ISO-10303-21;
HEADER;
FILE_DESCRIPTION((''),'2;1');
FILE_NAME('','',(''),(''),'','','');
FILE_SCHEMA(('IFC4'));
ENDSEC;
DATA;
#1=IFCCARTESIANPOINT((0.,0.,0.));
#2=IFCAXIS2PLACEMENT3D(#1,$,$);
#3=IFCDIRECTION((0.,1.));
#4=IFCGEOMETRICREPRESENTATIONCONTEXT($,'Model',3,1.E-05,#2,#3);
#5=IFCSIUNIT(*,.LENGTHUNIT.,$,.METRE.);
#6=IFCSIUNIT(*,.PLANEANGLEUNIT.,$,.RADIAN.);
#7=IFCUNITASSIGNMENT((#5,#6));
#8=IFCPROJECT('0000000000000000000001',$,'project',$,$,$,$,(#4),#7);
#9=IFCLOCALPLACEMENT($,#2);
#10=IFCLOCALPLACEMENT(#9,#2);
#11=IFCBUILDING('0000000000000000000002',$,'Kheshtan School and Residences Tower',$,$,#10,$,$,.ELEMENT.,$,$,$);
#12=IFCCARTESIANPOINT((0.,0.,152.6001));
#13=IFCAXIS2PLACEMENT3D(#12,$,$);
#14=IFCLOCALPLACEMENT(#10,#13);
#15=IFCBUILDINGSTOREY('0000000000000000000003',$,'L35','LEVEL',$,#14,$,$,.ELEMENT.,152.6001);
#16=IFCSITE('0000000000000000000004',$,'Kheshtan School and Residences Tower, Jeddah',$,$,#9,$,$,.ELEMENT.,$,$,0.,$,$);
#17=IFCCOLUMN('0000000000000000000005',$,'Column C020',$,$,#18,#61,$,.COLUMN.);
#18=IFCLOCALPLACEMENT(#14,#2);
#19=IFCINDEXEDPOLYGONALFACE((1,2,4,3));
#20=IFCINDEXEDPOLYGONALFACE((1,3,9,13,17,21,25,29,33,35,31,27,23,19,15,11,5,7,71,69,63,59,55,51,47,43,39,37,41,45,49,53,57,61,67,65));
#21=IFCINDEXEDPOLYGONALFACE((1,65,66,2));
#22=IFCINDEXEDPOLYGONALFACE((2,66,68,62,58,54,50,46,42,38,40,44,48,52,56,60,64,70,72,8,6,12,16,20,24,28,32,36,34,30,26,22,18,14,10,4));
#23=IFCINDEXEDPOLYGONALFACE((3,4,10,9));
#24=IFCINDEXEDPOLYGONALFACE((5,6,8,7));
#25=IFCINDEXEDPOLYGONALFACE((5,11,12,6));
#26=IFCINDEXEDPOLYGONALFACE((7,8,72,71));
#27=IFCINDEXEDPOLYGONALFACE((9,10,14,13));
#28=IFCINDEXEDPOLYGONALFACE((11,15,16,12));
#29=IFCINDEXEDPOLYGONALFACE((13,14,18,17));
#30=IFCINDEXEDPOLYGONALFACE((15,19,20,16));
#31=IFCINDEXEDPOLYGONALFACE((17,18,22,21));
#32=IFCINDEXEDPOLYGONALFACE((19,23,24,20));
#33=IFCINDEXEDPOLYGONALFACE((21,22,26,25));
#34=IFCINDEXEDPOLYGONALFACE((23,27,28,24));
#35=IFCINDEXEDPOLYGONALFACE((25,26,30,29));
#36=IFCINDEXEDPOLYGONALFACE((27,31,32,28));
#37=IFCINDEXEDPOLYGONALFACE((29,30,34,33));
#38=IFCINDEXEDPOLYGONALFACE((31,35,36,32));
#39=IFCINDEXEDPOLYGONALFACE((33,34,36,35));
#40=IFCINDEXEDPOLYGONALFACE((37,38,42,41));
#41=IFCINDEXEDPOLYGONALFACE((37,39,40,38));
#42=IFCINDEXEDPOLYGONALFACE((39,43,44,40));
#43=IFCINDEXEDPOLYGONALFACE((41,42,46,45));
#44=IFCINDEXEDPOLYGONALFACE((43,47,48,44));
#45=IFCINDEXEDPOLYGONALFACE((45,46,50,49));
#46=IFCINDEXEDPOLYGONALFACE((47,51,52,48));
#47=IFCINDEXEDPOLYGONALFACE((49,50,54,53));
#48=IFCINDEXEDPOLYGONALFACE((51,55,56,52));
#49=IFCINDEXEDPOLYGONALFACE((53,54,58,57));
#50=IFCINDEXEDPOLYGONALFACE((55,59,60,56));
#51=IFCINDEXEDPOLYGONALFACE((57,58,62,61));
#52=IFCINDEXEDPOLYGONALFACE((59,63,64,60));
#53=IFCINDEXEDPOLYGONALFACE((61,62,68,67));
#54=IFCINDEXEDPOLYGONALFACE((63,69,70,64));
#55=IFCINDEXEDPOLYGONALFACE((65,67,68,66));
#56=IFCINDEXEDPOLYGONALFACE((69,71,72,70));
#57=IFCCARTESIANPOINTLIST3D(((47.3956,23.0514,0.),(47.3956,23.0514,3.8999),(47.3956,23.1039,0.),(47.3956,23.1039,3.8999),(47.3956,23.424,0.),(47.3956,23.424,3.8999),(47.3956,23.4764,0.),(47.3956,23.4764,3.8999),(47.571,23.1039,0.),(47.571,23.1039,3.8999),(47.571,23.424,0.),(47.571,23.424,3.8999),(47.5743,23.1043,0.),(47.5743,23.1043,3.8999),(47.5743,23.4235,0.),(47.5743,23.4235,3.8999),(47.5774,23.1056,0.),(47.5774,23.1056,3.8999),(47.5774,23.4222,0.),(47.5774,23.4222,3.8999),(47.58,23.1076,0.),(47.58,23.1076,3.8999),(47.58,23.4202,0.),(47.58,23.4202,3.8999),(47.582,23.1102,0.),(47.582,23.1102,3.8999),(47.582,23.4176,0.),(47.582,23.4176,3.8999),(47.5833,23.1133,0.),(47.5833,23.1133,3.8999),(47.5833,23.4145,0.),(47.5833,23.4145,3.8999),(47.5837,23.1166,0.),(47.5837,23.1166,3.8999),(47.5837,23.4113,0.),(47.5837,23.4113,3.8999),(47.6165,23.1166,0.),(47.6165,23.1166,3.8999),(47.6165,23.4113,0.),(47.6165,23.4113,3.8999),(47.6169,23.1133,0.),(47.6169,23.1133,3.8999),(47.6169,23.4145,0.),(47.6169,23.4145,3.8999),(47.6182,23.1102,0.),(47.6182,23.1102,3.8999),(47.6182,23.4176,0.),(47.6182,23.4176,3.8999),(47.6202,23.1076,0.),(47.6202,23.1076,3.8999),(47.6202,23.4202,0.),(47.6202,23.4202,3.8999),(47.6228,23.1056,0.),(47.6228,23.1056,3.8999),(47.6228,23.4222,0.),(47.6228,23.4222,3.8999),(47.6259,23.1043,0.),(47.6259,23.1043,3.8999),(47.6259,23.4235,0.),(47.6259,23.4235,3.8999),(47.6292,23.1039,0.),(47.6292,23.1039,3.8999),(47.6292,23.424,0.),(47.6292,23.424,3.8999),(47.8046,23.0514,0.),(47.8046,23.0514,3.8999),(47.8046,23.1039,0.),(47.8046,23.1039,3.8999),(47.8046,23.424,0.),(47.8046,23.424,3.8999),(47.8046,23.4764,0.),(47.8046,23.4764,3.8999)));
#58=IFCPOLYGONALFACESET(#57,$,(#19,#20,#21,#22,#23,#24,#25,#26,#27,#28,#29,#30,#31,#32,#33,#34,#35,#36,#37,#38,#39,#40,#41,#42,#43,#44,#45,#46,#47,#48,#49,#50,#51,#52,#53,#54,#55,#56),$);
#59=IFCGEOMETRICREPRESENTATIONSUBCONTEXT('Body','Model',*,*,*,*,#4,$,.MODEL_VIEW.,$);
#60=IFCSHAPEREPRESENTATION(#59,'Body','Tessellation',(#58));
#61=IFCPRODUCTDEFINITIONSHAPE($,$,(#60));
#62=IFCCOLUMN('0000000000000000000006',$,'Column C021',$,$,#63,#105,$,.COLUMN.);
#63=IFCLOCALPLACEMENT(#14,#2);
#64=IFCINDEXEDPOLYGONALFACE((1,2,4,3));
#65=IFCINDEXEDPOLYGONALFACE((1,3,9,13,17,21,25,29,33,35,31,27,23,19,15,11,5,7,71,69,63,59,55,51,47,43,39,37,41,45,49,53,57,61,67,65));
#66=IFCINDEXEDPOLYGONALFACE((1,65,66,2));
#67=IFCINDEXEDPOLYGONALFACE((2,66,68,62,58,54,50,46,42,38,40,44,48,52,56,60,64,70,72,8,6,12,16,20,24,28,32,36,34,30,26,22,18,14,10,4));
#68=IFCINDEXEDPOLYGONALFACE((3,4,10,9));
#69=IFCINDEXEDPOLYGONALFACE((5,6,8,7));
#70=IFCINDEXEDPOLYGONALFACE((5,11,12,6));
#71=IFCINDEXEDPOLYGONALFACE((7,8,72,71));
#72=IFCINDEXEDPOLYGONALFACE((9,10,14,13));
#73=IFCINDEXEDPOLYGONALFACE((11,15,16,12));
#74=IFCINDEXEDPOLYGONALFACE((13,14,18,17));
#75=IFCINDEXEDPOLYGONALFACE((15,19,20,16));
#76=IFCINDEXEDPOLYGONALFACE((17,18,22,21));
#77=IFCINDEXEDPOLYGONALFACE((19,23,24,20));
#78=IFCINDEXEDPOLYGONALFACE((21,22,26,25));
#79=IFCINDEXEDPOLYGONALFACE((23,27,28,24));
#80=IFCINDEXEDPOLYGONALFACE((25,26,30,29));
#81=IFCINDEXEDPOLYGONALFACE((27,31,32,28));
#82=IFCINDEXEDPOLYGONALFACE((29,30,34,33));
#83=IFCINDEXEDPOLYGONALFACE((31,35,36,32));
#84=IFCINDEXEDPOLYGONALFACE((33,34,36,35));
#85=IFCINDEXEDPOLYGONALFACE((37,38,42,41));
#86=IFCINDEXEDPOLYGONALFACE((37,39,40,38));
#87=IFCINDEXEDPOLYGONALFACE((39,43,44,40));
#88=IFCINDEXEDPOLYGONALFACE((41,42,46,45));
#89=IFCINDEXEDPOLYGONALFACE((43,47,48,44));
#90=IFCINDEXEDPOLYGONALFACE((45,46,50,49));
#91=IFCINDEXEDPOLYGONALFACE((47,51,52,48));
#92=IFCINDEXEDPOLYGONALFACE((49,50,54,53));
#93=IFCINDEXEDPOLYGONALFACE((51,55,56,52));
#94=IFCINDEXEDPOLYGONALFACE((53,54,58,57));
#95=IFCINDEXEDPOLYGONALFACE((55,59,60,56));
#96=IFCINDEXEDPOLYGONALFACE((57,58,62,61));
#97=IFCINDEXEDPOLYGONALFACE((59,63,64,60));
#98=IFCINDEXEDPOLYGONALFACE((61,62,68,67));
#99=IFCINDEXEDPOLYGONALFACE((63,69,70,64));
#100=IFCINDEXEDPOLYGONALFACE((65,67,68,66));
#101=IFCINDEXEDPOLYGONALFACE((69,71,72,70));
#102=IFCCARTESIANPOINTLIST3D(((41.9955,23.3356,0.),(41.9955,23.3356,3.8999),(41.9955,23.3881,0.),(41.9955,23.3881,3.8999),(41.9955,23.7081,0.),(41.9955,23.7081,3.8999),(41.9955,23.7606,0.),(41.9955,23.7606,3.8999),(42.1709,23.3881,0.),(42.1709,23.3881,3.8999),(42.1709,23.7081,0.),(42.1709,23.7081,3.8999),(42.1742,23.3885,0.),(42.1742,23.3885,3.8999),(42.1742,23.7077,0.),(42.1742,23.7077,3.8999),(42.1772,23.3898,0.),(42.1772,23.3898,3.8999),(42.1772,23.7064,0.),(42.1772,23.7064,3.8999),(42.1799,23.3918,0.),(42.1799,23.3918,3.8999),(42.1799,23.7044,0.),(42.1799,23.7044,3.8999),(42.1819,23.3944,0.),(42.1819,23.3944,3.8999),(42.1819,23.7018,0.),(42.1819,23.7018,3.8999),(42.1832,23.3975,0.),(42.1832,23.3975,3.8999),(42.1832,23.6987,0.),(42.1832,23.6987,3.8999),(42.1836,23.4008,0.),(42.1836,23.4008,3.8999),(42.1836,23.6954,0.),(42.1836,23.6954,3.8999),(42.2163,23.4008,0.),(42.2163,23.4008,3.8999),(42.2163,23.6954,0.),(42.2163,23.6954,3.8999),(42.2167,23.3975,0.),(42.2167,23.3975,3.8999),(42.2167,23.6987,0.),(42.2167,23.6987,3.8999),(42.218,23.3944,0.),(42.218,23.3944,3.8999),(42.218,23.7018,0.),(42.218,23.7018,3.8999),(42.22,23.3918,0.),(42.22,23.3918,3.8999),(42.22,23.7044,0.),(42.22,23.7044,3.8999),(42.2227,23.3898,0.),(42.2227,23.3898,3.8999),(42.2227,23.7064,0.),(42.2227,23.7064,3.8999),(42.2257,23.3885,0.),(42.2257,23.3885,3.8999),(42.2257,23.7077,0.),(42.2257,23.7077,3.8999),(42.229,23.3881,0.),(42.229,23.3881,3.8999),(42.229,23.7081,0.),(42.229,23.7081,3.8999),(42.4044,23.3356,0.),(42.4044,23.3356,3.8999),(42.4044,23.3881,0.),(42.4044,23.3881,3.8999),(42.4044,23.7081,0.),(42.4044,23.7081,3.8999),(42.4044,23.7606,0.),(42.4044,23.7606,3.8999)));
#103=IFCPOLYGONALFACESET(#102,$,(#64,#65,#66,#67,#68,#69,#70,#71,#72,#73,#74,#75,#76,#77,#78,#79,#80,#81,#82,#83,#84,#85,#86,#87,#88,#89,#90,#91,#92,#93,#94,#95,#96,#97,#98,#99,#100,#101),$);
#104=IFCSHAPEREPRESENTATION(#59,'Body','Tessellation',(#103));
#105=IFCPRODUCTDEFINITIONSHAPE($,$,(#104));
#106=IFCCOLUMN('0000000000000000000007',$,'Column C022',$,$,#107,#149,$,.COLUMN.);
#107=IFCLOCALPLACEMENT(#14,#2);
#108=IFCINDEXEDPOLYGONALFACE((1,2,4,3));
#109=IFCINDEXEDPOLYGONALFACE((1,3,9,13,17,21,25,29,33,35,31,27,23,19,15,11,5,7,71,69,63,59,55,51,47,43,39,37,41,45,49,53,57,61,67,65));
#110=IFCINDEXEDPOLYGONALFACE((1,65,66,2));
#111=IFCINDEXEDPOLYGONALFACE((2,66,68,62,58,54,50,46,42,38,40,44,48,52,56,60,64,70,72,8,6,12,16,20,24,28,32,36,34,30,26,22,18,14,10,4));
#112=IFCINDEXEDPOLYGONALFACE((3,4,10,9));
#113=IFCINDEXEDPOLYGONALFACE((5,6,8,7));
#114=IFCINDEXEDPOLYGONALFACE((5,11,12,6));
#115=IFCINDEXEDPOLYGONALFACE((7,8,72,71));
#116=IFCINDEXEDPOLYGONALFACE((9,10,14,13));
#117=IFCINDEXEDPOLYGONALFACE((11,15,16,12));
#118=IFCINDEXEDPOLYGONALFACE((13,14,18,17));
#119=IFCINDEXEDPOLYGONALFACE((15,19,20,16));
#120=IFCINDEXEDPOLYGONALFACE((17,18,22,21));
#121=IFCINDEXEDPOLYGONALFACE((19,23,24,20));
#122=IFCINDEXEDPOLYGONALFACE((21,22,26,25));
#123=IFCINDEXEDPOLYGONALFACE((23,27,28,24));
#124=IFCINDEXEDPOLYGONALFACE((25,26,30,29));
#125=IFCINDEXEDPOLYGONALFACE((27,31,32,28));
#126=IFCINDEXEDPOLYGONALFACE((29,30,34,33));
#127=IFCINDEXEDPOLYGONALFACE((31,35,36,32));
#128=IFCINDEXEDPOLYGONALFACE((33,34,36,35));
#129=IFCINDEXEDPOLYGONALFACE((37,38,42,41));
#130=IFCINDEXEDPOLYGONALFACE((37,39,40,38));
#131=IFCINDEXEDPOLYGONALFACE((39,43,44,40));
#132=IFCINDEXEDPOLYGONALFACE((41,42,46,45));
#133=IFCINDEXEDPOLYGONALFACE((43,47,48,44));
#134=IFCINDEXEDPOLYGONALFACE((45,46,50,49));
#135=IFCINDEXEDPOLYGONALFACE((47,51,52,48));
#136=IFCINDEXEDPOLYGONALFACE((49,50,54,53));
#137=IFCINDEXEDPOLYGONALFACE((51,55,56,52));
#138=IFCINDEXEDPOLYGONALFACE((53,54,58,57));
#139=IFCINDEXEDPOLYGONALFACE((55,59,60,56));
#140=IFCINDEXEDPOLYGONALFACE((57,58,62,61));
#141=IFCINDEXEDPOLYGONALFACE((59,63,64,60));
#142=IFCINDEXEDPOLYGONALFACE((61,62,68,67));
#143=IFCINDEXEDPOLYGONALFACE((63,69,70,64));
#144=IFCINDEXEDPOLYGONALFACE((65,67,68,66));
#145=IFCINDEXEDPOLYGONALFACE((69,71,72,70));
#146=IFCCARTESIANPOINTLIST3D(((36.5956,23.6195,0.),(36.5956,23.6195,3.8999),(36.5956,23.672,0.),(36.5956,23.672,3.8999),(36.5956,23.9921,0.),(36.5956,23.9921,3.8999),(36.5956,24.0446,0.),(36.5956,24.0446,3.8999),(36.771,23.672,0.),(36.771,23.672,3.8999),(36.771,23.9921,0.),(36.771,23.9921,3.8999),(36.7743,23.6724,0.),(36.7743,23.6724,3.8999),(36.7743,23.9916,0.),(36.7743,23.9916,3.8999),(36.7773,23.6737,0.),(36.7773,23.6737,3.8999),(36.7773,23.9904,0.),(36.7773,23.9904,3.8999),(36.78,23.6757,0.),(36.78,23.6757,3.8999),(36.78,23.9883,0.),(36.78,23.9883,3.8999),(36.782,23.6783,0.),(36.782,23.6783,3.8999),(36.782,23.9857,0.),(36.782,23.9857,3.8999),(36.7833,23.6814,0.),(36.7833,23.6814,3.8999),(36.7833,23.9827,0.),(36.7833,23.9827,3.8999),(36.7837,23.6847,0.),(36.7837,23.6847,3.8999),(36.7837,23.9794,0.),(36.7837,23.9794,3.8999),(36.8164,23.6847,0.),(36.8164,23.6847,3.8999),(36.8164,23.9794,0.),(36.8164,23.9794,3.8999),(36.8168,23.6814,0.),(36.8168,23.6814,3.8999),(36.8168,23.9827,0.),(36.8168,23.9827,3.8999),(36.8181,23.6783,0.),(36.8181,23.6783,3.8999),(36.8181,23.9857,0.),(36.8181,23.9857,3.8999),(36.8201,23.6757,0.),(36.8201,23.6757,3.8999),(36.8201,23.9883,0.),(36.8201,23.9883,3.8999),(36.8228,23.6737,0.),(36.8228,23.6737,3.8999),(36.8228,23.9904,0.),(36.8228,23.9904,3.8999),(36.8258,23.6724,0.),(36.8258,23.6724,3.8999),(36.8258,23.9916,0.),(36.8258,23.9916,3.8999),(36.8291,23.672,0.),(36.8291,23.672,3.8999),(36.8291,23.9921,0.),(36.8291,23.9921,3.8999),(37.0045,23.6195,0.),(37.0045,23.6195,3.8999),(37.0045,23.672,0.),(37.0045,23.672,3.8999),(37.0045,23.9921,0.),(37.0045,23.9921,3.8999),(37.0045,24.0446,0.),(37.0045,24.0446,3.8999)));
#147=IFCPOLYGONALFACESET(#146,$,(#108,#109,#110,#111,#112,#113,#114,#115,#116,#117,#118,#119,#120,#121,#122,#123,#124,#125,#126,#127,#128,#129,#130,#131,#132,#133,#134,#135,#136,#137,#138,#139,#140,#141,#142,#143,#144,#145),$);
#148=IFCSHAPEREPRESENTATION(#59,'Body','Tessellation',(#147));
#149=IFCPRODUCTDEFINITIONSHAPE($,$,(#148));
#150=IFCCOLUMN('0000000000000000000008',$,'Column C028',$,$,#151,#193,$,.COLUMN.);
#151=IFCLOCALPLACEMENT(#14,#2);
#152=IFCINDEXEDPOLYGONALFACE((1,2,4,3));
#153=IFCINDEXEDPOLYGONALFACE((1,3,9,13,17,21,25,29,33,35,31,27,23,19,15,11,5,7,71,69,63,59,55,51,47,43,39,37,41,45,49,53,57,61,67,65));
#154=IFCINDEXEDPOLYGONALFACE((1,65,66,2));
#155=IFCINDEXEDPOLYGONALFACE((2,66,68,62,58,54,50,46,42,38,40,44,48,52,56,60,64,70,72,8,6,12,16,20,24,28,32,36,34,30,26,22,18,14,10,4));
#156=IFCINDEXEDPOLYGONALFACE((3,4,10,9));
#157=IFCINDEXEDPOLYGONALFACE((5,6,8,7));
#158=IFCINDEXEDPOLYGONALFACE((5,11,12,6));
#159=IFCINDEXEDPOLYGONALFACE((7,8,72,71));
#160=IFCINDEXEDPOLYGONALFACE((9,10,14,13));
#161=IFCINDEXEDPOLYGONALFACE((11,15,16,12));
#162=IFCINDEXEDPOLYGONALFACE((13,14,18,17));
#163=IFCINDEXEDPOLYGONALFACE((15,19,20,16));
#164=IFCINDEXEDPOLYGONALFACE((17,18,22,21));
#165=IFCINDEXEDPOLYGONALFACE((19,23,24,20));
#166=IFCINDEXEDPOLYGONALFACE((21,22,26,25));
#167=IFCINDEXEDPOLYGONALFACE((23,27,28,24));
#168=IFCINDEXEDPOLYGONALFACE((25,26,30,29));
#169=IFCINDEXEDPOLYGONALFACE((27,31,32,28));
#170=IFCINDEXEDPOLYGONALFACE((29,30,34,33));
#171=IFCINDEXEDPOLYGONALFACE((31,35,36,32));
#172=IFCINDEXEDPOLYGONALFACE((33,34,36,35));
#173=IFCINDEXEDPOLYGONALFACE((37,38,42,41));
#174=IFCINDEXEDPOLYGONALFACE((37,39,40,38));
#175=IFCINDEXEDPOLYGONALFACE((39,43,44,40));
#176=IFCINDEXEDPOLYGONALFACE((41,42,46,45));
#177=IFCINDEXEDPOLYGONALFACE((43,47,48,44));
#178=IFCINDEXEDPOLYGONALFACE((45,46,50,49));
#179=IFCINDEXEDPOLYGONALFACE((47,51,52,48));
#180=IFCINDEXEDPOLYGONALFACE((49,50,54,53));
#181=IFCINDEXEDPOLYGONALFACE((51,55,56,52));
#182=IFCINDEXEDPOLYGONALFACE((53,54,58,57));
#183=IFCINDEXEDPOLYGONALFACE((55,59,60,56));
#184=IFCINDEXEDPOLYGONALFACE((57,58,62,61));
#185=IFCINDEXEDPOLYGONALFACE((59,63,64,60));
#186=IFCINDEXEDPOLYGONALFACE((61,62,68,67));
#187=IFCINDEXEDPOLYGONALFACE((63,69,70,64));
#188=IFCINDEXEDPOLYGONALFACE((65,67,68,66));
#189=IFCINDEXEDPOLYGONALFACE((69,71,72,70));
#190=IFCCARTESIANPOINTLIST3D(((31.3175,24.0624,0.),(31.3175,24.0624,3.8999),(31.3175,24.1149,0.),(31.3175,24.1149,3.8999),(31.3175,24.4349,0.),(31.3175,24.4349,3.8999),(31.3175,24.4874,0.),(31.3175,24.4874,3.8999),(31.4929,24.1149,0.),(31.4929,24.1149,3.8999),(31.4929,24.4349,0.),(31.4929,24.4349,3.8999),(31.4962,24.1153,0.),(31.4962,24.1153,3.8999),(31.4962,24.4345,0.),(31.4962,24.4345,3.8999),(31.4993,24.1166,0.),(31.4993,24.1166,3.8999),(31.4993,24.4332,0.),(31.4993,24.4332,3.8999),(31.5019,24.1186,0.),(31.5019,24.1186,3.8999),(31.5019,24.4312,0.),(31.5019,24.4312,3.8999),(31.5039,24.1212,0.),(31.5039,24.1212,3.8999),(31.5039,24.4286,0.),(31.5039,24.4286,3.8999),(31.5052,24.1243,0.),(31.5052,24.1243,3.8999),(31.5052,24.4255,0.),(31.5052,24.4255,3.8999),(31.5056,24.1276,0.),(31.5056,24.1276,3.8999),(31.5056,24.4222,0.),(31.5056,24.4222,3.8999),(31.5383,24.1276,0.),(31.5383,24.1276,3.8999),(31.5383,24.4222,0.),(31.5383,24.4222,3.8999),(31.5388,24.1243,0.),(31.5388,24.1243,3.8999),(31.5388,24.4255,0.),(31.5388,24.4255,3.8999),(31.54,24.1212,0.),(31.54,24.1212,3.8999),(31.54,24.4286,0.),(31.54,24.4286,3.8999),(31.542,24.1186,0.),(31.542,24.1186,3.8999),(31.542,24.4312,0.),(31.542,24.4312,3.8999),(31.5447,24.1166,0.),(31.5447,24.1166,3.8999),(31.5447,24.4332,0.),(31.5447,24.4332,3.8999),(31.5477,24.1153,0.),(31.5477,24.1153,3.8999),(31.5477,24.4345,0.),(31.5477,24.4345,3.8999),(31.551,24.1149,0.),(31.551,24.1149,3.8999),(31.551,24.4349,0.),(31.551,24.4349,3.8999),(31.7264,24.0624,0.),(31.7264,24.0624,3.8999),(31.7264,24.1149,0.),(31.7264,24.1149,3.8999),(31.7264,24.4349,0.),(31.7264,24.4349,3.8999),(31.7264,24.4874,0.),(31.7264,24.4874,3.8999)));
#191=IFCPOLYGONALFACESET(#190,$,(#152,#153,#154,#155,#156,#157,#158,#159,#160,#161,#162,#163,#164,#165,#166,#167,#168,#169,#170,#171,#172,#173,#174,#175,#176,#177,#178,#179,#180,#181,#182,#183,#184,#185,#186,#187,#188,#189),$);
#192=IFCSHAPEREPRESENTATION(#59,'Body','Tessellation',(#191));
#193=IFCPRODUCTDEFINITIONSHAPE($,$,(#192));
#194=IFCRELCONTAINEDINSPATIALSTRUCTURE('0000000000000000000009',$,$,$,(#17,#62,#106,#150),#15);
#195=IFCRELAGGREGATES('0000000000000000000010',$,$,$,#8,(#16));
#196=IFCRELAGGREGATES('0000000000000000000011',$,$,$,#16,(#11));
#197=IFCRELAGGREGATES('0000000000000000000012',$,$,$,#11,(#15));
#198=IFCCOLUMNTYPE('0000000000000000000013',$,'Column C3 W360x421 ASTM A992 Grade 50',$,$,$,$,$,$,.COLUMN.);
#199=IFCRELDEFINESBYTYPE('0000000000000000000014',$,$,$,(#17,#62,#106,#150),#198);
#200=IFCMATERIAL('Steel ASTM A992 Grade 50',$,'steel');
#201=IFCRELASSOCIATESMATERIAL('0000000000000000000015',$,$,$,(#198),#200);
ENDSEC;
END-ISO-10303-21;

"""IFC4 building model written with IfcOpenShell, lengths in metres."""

from ifc_helpers import new_model, si_unit, direction, frame, origin, origin_2d, place, context, subcontext, project, spatial, i_section, extrude, material, material_profile, profile_set, type_object, element, save


model = new_model("IFC4")

# Units and contexts
model_context = context("Model", 3, precision=1e-05, world=origin(), true_north=direction((0.0, 1.0)))
body_context = subcontext(model_context, "Body", "Model", "MODEL_VIEW")
ifc_project = project(units=[si_unit("LENGTHUNIT", "METRE"), si_unit("PLANEANGLEUNIT", "RADIAN")], contexts=[model_context])

# Site, building, storey
site_placement = place(None, origin())
site = spatial("IfcSite", under=ifc_project, at=site_placement, Name="Kheshtan School and Residences Tower, Jeddah", CompositionType="ELEMENT", RefElevation=0.0)
building_placement = place(site_placement, origin())
building = spatial("IfcBuilding", under=site, at=building_placement, Name="Kheshtan School and Residences Tower", CompositionType="ELEMENT")
storey_placement = place(building_placement, frame((0.0, 0.0, 152.6001)))
storey = spatial("IfcBuildingStorey", under=building, at=storey_placement, Name="L35", Description="LEVEL", CompositionType="ELEMENT", Elevation=152.6001)

# Columns
ifc_material_1 = material(Name="Steel ASTM A992 Grade 50", Category="steel")
ifc_material_profile_1 = material_profile(ifc_material_1, i_section(OverallWidth=0.4089, OverallDepth=0.425, WebThickness=0.0327, FlangeThickness=0.0525, FilletRadius=0.0127, at=origin_2d()), Name="W360x421")
ifc_profile_set_1 = profile_set([ifc_material_profile_1], Name="Steel ASTM A992 Grade 50")
column_type = type_object("IfcColumnType", Name="Column C3 W360x421 ASTM A992 Grade 50", PredefinedType="COLUMN", material=ifc_profile_set_1)
for number, where, z_axis, x_axis, name in (
    (1, (47.6001, 23.2639, 0.0), (0.0, 0.0, 1.0), (1.0, 0.0, 0.0), "Column C020"),
    (2, (42.2, 23.5481, 0.0), (0.0, 0.0, 1.0), (1.0, 0.0, 0.0), "Column C021"),
    (3, (36.8, 23.832, 0.0), (0.0, 0.0, 1.0), (1.0, 0.0, 0.0), "Column C022"),
    (4, (31.522, 24.2749, 0.0), (0.0, 0.0, 1.0), (1.0, 0.0, 0.0), "Column C028"),
):
    element("IfcColumn", number, at=place(storey_placement, frame(where, z_axis=z_axis, x_axis=x_axis)), inside=storey, type_object=column_type, Name=name, PredefinedType="COLUMN", context=body_context, shape_type="SweptSolid", body=[
        extrude(i_section(OverallWidth=0.4089, OverallDepth=0.425, WebThickness=0.0327, FlangeThickness=0.0525, FilletRadius=0.0127, at=origin_2d()), origin(), (0.0, 0.0, 1.0), 3.8999),
    ])

save(model, "model.ifc")
